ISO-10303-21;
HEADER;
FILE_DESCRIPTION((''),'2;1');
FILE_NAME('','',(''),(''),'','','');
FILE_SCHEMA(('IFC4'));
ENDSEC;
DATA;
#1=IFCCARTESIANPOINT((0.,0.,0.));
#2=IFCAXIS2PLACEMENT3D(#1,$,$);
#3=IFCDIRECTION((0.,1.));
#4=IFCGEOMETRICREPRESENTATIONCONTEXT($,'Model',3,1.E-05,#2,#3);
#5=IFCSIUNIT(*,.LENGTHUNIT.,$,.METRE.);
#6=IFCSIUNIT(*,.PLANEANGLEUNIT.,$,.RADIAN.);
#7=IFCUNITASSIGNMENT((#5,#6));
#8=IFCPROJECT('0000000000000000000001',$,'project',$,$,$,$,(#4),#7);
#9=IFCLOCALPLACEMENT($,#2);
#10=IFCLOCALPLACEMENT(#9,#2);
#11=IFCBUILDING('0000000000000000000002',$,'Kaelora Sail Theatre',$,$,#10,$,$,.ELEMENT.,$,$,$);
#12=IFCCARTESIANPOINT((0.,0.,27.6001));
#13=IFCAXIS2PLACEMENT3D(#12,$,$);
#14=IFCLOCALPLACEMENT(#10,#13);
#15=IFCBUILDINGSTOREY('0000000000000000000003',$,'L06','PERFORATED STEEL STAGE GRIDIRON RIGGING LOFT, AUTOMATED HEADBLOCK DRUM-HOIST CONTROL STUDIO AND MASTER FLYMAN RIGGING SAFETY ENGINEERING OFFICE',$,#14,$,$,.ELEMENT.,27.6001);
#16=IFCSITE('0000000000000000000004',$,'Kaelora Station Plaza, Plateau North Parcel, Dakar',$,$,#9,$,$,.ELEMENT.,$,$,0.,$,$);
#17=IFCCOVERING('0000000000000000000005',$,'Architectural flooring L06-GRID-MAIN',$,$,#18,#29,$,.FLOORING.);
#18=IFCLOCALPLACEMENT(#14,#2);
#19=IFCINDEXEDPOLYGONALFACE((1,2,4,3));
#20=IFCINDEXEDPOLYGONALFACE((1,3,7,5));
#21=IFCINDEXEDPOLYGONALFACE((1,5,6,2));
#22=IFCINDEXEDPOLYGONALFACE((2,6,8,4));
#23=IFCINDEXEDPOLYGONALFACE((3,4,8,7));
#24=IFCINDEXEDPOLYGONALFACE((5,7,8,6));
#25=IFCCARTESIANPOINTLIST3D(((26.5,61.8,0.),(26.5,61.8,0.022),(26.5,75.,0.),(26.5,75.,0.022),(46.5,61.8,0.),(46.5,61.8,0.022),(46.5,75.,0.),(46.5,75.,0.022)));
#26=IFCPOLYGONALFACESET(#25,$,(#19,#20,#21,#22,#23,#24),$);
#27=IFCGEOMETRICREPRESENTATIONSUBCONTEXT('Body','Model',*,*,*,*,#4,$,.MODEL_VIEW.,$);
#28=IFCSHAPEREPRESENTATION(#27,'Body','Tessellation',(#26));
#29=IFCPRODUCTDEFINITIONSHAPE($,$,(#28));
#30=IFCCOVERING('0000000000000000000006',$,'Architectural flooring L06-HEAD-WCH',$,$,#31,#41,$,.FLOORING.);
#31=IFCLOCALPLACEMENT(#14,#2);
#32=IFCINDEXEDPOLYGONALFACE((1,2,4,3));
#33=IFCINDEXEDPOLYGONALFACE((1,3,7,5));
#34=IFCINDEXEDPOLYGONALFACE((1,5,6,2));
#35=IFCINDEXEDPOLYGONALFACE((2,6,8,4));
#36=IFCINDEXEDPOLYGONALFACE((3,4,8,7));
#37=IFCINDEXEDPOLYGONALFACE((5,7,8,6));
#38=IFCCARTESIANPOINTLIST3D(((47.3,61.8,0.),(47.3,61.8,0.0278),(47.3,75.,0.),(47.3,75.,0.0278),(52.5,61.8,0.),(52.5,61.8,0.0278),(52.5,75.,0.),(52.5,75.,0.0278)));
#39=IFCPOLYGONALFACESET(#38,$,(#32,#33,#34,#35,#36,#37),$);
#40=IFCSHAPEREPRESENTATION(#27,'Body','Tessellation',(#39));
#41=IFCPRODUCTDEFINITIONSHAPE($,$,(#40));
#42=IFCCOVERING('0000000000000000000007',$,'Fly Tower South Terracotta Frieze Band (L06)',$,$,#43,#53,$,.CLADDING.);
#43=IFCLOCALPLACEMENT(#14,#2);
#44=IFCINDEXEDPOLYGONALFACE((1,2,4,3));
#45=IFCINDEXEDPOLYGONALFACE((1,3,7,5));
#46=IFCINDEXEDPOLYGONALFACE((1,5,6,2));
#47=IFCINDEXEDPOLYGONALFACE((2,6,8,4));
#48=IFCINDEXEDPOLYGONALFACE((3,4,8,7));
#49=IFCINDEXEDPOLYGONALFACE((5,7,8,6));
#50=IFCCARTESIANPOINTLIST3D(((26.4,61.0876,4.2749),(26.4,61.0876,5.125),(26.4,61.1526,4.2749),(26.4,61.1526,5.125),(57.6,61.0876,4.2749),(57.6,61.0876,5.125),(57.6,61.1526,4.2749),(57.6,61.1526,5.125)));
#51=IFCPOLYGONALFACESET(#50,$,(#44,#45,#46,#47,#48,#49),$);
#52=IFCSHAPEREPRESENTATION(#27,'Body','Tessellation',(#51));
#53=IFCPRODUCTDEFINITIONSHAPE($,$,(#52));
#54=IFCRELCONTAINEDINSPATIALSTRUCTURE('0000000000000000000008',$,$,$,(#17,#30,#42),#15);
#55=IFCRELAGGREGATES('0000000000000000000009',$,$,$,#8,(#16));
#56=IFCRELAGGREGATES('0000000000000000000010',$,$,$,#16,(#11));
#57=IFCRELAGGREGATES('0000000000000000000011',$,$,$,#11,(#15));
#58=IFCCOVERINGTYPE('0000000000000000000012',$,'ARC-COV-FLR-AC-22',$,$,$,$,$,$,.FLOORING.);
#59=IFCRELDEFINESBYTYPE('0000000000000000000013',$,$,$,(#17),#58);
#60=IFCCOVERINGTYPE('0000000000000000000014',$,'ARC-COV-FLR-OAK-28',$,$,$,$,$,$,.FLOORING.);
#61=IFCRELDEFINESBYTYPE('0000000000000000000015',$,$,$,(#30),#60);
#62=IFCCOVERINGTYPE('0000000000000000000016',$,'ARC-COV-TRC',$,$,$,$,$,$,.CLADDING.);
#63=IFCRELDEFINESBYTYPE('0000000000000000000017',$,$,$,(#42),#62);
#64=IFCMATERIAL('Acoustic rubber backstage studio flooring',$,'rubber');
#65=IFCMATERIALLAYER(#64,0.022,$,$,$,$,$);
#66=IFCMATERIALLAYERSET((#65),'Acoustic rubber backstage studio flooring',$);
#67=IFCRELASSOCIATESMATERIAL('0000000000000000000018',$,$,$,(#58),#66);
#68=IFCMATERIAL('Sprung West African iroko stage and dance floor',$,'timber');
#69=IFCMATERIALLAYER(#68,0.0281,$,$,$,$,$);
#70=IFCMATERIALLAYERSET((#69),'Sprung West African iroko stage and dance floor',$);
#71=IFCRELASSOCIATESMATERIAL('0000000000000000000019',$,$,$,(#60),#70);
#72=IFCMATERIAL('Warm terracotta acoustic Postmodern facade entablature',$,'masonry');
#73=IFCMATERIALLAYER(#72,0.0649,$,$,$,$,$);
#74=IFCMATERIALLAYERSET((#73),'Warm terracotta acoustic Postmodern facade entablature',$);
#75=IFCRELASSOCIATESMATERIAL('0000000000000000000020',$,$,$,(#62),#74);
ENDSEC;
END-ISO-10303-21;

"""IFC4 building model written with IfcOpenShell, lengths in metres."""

from ifc_helpers import new_model, si_unit, direction, frame, origin, origin_2d, place, context, subcontext, project, spatial, polyline, rectangle, outline, extrude, material, layer, layer_set, type_object, element, save


model = new_model("IFC4")

# Units and contexts
model_context = context("Model", 3, precision=1e-05, world=origin(), true_north=direction((0.0, 1.0)))
body_context = subcontext(model_context, "Body", "Model", "MODEL_VIEW")
ifc_project = project(units=[si_unit("LENGTHUNIT", "METRE"), si_unit("PLANEANGLEUNIT", "RADIAN")], contexts=[model_context])

# Site, building, storey
site_placement = place(None, origin())
site = spatial("IfcSite", under=ifc_project, at=site_placement, Name="Kaelora Station Plaza, Plateau North Parcel, Dakar", CompositionType="ELEMENT", RefElevation=0.0)
building_placement = place(site_placement, origin())
building = spatial("IfcBuilding", under=site, at=building_placement, Name="Kaelora Sail Theatre", CompositionType="ELEMENT")
storey_placement = place(building_placement, frame((0.0, 0.0, 27.6001)))
storey = spatial("IfcBuildingStorey", under=building, at=storey_placement, Name="L06", Description="PERFORATED STEEL STAGE GRIDIRON RIGGING LOFT, AUTOMATED HEADBLOCK DRUM-HOIST CONTROL STUDIO AND MASTER FLYMAN RIGGING SAFETY ENGINEERING OFFICE", CompositionType="ELEMENT", Elevation=27.6001)

# Coverings
ifc_material_1 = material(Name="Acoustic rubber backstage studio flooring", Category="rubber")
ifc_layer_1 = layer(ifc_material_1, 0.022)
ifc_layer_set_1 = layer_set([ifc_layer_1], Name="Acoustic rubber backstage studio flooring")
covering_type_1 = type_object("IfcCoveringType", Name="ARC-COV-FLR-AC-22", PredefinedType="FLOORING", material=ifc_layer_set_1)
covering_1_placement = place(storey_placement, origin())
element("IfcCovering", 1, at=covering_1_placement, inside=storey, type_object=covering_type_1, Name="Architectural flooring L06-GRID-MAIN", PredefinedType="FLOORING", context=body_context, shape_type="SweptSolid", body=[
    extrude(outline(polyline([(26.5, 61.8), (46.5, 61.8), (46.5, 75.0), (26.5, 75.0), (26.5, 61.8)])), origin(), (0.0, 0.0, 1.0), 0.022),
])
ifc_material_2 = material(Name="Sprung West African iroko stage and dance floor", Category="timber")
ifc_layer_2 = layer(ifc_material_2, 0.0281)
ifc_layer_set_2 = layer_set([ifc_layer_2], Name="Sprung West African iroko stage and dance floor")
covering_type_2 = type_object("IfcCoveringType", Name="ARC-COV-FLR-OAK-28", PredefinedType="FLOORING", material=ifc_layer_set_2)
covering_2_placement = place(storey_placement, origin())
element("IfcCovering", 2, at=covering_2_placement, inside=storey, type_object=covering_type_2, Name="Architectural flooring L06-HEAD-WCH", PredefinedType="FLOORING", context=body_context, shape_type="SweptSolid", body=[
    extrude(outline(polyline([(47.3, 61.8), (52.5, 61.8), (52.5, 75.0), (47.3, 75.0), (47.3, 61.8)])), origin(), (0.0, 0.0, 1.0), 0.0278),
])
ifc_material_3 = material(Name="Warm terracotta acoustic Postmodern facade entablature", Category="masonry")
ifc_layer_3 = layer(ifc_material_3, 0.0649)
ifc_layer_set_3 = layer_set([ifc_layer_3], Name="Warm terracotta acoustic Postmodern facade entablature")
covering_type_3 = type_object("IfcCoveringType", Name="ARC-COV-TRC", PredefinedType="CLADDING", material=ifc_layer_set_3)
covering_3_placement = place(storey_placement, frame((42.0, 61.1201, 4.2749), z_axis=(0.0, 0.0, 1.0), x_axis=(1.0, 0.0, 0.0)))
element("IfcCovering", 3, at=covering_3_placement, inside=storey, type_object=covering_type_3, Name="Fly Tower South Terracotta Frieze Band (L06)", PredefinedType="CLADDING", context=body_context, shape_type="SweptSolid", body=[
    extrude(rectangle(XDim=31.2, YDim=0.0649, at=origin_2d()), origin(), (0.0, 0.0, 1.0), 0.8501),
])

save(model, "model.ifc")
